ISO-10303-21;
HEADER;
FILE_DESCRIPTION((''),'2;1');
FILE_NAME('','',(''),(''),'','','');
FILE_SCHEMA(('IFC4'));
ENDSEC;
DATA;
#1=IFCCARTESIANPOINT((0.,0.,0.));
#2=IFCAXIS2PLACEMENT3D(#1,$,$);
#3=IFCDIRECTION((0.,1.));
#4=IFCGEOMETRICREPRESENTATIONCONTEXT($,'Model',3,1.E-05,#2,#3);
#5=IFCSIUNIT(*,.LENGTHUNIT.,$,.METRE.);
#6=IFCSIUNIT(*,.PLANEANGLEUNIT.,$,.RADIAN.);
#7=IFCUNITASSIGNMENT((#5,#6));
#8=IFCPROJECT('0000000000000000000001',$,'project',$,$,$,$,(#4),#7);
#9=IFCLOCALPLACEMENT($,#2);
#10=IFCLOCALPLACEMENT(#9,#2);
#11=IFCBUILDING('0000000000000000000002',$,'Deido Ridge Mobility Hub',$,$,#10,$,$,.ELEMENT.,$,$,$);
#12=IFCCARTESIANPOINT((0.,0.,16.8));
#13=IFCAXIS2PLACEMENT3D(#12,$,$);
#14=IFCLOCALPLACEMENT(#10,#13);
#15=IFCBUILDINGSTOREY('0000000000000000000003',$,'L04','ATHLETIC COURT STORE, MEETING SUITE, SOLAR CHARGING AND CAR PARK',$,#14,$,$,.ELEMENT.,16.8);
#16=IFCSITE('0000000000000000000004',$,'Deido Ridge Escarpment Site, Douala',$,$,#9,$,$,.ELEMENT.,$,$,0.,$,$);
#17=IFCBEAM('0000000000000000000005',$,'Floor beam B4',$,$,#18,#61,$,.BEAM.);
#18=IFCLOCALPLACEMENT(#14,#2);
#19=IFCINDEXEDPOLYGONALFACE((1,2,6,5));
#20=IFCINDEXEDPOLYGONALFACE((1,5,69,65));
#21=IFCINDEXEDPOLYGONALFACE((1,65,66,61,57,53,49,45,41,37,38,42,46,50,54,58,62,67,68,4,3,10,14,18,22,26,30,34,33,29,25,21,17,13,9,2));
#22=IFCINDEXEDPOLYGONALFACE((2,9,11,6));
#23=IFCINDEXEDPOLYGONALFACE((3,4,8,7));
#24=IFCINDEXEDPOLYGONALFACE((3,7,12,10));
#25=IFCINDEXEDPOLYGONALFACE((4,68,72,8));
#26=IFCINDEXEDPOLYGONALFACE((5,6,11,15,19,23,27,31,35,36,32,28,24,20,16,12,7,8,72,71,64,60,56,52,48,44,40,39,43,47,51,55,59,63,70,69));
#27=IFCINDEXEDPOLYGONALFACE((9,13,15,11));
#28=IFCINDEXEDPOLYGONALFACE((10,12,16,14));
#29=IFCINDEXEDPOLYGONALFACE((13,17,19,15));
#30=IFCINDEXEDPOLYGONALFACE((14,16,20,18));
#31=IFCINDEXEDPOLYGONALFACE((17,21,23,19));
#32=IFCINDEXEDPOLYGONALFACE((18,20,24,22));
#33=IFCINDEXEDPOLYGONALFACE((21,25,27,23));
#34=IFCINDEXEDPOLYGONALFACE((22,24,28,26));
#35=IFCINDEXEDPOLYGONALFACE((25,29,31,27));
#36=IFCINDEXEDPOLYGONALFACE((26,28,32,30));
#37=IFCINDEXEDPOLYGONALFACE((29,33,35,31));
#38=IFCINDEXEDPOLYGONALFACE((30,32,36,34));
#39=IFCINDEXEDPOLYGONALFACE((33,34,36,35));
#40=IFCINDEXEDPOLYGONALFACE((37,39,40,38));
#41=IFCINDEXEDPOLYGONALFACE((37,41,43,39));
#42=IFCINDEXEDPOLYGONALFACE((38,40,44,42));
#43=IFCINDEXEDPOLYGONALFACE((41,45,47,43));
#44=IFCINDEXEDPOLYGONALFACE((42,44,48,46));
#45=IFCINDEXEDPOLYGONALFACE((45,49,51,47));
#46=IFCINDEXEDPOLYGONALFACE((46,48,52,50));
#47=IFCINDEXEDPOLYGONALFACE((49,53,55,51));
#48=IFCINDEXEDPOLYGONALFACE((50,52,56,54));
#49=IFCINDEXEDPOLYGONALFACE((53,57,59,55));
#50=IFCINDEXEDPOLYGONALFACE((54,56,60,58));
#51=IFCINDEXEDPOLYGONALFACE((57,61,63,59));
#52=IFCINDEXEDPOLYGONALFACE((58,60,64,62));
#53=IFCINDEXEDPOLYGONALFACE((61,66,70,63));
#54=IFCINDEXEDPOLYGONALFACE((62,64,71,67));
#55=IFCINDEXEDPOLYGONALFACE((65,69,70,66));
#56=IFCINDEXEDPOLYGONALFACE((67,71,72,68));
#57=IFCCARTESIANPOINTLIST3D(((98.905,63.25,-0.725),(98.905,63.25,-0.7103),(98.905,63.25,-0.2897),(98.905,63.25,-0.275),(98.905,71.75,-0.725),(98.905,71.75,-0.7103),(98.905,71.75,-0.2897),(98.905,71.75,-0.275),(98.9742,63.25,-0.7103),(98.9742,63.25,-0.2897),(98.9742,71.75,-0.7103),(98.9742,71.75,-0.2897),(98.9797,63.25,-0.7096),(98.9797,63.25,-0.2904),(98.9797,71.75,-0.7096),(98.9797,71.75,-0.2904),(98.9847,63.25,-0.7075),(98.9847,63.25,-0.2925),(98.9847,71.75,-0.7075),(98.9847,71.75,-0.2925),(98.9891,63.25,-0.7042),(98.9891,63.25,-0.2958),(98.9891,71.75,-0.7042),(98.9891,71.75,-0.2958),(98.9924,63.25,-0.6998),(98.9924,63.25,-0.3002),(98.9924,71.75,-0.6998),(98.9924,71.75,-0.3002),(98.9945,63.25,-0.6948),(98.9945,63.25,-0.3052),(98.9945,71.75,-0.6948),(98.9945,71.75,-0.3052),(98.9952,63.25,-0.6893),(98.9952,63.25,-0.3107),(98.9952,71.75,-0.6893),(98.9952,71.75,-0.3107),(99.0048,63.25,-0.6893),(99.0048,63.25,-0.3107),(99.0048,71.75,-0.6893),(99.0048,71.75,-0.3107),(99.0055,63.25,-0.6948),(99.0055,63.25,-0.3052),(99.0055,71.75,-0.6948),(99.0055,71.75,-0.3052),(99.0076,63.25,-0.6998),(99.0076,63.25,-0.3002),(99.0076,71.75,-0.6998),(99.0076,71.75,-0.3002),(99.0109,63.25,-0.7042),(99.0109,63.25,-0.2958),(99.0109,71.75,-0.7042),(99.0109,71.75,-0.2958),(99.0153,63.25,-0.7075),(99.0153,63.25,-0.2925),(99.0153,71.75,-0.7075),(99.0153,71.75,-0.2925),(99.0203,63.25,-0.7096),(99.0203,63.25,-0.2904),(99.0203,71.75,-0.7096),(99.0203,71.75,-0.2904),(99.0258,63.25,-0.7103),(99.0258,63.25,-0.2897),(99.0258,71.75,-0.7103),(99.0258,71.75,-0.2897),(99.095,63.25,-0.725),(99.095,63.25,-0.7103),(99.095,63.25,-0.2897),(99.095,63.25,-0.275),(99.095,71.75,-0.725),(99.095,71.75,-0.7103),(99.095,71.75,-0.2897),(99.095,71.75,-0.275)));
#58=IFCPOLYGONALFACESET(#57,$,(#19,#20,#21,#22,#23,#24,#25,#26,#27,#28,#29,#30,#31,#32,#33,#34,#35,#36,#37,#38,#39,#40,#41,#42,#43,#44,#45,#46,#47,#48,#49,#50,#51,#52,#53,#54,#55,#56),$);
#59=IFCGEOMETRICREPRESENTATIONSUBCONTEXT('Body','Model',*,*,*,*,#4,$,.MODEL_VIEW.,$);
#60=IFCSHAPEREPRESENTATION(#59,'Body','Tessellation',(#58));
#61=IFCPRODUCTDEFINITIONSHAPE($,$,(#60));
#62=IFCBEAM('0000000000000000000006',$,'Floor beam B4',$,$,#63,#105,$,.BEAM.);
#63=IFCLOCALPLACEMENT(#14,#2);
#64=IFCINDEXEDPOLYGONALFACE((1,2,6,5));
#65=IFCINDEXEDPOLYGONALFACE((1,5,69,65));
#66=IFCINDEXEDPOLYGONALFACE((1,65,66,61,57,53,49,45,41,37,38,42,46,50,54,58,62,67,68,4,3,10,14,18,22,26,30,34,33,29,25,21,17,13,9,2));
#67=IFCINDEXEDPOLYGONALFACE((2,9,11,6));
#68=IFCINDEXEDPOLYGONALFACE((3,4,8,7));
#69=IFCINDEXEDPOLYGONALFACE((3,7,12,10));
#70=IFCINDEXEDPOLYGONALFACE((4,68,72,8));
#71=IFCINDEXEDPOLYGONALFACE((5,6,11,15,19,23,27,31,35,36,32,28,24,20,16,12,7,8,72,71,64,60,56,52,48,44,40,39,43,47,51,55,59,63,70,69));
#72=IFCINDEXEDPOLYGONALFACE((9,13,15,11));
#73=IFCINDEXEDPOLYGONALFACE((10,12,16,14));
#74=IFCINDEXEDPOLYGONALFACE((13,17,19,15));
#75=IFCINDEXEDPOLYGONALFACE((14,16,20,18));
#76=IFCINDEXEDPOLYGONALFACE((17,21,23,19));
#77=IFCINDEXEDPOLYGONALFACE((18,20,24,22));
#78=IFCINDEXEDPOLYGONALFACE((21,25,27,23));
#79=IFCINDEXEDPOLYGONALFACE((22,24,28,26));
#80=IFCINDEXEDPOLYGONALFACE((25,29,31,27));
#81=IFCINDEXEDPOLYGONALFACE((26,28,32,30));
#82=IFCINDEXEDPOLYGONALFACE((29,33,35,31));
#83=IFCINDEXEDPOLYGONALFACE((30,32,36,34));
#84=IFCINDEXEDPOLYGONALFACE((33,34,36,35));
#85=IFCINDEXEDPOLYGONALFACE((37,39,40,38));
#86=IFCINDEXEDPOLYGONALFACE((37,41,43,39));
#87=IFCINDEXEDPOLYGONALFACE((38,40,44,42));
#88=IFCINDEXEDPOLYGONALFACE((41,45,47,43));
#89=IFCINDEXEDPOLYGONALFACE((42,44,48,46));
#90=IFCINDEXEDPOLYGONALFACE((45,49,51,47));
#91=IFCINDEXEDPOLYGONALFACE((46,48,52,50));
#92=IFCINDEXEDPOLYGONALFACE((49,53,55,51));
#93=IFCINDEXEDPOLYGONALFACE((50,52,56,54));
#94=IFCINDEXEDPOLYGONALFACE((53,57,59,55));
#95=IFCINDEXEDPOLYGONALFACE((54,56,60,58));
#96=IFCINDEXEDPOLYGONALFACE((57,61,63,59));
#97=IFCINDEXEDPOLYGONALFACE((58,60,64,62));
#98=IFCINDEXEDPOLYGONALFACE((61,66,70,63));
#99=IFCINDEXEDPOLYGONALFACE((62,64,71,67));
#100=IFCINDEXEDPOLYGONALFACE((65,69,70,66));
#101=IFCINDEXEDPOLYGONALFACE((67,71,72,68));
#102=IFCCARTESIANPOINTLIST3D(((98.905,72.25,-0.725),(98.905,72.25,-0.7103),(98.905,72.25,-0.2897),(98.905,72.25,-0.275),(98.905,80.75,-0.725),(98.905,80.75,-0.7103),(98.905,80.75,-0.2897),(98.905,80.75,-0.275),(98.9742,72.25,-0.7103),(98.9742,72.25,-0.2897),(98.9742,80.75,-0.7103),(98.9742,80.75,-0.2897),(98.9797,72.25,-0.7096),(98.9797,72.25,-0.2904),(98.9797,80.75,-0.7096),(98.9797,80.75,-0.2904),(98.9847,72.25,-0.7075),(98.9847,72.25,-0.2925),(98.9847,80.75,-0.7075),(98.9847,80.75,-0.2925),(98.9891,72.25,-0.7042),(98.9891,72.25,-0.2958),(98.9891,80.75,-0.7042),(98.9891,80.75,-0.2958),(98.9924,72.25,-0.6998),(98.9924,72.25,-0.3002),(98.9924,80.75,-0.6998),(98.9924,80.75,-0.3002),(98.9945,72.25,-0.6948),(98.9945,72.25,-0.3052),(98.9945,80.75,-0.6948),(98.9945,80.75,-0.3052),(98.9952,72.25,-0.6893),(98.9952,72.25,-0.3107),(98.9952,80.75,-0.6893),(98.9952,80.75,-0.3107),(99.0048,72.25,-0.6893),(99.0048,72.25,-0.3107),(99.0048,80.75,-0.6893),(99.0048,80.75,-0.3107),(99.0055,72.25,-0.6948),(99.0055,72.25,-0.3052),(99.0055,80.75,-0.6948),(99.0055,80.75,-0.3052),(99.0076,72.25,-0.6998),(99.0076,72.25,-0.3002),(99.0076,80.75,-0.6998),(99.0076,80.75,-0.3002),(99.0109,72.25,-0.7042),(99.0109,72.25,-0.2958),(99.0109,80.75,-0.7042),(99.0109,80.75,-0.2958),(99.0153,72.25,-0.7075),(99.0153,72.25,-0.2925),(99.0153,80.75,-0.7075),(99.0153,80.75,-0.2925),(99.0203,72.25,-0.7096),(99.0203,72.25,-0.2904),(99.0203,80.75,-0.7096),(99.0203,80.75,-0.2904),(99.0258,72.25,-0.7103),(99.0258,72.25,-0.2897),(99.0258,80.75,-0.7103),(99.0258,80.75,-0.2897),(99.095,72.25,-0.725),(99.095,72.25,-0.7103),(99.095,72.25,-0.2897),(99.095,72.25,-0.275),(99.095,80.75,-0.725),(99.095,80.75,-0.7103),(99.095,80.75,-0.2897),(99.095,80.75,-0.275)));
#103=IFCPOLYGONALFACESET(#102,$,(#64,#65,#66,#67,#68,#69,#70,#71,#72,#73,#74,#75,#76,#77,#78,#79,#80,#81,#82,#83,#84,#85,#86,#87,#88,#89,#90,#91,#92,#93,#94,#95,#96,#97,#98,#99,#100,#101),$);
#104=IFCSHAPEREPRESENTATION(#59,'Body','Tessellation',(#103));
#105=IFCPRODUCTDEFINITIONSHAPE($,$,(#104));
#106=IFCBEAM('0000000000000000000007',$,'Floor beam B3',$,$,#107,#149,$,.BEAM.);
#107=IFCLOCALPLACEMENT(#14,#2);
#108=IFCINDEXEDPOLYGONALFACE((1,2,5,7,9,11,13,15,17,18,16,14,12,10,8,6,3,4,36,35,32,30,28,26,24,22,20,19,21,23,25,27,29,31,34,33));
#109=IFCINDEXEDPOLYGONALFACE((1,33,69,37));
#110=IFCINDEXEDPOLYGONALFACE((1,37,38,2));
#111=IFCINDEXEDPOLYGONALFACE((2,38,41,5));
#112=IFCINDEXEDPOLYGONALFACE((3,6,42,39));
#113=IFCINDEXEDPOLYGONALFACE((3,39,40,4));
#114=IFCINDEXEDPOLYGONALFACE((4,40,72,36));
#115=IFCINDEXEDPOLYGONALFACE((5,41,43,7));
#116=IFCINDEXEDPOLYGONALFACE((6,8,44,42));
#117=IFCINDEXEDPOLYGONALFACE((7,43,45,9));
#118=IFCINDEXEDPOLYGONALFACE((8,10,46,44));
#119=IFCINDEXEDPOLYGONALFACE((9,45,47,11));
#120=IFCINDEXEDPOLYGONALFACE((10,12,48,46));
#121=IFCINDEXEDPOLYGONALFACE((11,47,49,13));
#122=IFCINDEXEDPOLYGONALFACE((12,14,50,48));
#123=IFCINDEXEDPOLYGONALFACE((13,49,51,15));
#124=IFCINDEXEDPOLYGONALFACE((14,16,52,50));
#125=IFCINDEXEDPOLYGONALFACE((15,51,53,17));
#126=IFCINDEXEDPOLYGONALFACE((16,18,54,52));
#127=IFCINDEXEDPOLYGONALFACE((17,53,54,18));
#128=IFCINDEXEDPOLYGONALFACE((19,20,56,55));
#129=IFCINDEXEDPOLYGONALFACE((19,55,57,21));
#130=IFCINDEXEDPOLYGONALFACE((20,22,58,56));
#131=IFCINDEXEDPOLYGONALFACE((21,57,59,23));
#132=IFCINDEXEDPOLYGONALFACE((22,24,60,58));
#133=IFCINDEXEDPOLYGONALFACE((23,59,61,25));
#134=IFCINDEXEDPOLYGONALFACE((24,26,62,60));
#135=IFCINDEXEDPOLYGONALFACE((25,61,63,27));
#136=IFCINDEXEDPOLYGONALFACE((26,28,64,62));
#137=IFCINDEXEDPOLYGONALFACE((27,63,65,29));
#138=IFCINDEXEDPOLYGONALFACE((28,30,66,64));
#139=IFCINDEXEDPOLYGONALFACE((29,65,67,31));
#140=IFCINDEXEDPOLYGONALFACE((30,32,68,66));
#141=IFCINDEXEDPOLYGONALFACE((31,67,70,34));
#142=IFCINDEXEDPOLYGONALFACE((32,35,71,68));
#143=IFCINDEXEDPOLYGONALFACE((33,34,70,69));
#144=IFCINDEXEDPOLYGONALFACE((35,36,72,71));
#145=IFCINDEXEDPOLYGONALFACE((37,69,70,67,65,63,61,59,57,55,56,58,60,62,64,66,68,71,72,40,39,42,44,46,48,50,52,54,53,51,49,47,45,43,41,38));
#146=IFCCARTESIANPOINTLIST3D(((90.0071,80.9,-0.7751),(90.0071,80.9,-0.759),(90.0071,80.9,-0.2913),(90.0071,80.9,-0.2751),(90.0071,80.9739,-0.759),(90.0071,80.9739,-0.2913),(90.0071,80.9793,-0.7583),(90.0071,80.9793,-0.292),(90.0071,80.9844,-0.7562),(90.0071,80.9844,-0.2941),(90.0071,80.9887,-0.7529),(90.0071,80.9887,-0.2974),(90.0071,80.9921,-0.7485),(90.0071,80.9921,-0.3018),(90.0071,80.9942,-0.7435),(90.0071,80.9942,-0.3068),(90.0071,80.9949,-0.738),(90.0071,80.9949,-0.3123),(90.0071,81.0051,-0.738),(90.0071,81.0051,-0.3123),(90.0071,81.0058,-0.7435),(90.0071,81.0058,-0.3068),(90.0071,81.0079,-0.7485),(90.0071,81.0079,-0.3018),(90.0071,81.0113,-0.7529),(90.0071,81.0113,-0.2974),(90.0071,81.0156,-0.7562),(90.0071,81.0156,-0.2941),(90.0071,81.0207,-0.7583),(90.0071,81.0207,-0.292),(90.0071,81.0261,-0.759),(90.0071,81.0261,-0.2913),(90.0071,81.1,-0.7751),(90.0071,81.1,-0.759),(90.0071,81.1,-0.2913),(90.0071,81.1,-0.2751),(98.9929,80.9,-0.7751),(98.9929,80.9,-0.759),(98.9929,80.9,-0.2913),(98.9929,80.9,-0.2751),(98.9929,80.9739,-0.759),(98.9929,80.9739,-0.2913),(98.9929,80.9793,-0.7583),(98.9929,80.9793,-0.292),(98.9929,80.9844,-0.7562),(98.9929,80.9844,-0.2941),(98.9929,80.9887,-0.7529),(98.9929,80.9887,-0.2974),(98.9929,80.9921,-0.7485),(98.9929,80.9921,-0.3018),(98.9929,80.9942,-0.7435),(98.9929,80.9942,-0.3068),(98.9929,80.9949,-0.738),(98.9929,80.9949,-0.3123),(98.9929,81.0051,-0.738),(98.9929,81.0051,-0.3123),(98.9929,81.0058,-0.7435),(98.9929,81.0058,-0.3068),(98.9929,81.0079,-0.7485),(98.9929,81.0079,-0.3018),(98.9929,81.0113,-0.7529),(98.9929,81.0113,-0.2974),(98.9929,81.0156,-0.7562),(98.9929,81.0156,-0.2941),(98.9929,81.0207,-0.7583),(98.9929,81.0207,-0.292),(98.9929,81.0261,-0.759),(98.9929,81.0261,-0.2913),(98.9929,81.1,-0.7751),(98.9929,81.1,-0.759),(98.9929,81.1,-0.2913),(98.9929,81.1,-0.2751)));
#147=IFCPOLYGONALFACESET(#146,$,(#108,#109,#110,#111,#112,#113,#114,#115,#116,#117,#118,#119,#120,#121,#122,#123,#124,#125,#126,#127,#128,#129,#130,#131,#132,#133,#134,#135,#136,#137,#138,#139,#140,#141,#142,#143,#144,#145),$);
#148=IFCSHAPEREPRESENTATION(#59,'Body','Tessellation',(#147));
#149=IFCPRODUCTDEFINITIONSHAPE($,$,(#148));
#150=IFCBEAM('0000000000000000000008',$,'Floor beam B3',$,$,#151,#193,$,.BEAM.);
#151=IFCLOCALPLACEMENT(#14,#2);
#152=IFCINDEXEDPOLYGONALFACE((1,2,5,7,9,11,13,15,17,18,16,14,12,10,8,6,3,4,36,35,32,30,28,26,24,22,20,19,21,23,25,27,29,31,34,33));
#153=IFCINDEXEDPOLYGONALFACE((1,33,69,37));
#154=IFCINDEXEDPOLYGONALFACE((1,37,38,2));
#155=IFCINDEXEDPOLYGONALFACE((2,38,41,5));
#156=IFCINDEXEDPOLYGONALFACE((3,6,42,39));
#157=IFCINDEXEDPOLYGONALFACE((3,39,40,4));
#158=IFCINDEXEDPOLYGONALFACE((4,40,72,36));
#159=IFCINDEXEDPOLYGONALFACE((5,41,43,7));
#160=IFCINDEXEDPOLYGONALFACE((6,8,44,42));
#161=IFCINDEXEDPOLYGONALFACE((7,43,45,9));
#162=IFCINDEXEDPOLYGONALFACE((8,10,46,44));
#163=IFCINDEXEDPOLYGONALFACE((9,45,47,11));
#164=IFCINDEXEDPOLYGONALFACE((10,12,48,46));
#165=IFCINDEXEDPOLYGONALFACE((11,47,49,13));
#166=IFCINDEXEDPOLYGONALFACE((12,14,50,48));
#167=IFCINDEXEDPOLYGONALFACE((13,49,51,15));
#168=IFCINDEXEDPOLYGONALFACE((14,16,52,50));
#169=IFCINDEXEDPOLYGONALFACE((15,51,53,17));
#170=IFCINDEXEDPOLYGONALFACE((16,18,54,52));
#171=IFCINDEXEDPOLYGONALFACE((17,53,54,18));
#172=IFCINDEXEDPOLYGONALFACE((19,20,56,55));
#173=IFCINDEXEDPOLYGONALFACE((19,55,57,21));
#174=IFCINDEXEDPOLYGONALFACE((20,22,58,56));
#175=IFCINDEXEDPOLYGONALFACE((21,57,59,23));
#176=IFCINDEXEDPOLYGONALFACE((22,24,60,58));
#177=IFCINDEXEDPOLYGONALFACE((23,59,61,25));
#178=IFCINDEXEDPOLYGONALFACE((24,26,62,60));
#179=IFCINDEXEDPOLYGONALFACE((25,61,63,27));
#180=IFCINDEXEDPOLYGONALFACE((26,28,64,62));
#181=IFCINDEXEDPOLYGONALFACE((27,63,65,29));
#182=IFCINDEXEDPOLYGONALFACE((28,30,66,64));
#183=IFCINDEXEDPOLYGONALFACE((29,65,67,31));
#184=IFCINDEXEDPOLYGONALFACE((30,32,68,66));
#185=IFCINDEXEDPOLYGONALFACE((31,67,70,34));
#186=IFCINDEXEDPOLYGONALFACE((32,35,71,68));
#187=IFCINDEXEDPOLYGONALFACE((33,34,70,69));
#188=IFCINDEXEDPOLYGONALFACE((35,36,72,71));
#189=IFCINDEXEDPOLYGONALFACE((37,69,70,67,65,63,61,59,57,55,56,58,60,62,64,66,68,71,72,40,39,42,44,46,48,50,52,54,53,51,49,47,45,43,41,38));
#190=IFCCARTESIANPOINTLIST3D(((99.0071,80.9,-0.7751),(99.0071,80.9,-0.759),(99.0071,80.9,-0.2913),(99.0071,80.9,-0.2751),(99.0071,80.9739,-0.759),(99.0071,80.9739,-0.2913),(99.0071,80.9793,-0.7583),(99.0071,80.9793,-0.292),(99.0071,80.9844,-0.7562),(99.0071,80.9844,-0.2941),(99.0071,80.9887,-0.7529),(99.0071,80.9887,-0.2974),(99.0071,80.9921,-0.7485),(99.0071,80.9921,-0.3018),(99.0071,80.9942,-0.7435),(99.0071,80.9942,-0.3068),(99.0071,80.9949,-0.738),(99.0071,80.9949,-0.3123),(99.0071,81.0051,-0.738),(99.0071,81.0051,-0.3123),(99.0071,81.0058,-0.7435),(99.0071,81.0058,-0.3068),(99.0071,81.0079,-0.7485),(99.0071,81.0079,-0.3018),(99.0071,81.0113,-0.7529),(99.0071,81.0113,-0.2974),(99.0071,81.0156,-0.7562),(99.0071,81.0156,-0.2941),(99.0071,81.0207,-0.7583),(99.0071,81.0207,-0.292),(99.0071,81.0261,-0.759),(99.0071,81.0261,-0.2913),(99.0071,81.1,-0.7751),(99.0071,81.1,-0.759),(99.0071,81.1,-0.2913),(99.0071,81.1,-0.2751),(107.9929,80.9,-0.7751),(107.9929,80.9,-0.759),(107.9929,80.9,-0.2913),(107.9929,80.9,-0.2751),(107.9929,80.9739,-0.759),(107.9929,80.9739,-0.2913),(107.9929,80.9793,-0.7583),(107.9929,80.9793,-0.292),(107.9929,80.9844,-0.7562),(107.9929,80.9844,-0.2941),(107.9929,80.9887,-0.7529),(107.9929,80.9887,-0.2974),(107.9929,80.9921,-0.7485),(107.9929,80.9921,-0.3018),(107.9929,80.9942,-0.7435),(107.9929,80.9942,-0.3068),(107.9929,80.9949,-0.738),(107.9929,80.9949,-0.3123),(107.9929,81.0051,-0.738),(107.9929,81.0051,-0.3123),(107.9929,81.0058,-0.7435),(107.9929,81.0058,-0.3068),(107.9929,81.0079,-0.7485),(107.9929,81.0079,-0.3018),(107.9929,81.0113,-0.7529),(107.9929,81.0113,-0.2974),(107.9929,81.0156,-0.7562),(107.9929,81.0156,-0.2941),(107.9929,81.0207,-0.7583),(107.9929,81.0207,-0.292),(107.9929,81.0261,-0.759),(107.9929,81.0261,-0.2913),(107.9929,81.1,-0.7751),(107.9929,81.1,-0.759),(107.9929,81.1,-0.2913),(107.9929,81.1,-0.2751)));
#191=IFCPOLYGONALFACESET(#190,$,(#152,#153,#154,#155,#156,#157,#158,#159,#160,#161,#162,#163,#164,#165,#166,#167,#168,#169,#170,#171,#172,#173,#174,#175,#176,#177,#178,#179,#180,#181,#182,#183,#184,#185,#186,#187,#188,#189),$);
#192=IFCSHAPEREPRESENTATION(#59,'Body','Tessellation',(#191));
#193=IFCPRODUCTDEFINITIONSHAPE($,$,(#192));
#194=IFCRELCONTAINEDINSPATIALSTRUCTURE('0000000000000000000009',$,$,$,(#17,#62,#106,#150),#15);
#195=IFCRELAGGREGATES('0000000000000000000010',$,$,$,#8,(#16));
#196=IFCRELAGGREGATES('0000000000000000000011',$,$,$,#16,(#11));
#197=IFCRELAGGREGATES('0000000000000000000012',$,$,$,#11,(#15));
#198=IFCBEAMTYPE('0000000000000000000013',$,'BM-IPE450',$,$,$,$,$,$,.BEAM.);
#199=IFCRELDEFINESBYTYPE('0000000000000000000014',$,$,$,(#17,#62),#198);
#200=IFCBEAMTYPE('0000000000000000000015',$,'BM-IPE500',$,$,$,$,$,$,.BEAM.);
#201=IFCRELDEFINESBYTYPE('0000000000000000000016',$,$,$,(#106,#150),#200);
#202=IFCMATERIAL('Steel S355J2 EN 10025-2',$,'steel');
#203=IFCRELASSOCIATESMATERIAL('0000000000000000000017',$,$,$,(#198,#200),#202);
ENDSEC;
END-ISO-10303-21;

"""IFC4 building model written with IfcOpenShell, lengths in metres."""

from ifc_helpers import new_model, si_unit, direction, frame, origin, origin_2d, place, context, subcontext, project, spatial, i_section, extrude, material, material_profile, profile_set, type_object, element, save


model = new_model("IFC4")

# Units and contexts
model_context = context("Model", 3, precision=1e-05, world=origin(), true_north=direction((0.0, 1.0)))
body_context = subcontext(model_context, "Body", "Model", "MODEL_VIEW")
ifc_project = project(units=[si_unit("LENGTHUNIT", "METRE"), si_unit("PLANEANGLEUNIT", "RADIAN")], contexts=[model_context])

# Site, building, storey
site_placement = place(None, origin())
site = spatial("IfcSite", under=ifc_project, at=site_placement, Name="Deido Ridge Escarpment Site, Douala", CompositionType="ELEMENT", RefElevation=0.0)
building_placement = place(site_placement, origin())
building = spatial("IfcBuilding", under=site, at=building_placement, Name="Deido Ridge Mobility Hub", CompositionType="ELEMENT")
storey_placement = place(building_placement, frame((0.0, 0.0, 16.8)))
storey = spatial("IfcBuildingStorey", under=building, at=storey_placement, Name="L04", Description="ATHLETIC COURT STORE, MEETING SUITE, SOLAR CHARGING AND CAR PARK", CompositionType="ELEMENT", Elevation=16.8)

# Shared definitions
ifc_material_1 = material(Name="Steel S355J2 EN 10025-2", Category="steel")

# Beams
ifc_material_profile_1 = material_profile(ifc_material_1, i_section(OverallWidth=0.1899, OverallDepth=0.45, WebThickness=0.0095, FlangeThickness=0.0146, FilletRadius=0.021, at=origin_2d()), Name="IPE 450")
ifc_profile_set_1 = profile_set([ifc_material_profile_1], Name="Steel S355J2 EN 10025-2")
beam_type_1 = type_object("IfcBeamType", Name="BM-IPE450", PredefinedType="BEAM", material=ifc_profile_set_1)
for number, where, z_axis, x_axis, name in (
    (1, (99.0, 63.25, -0.5), (0.0, 1.0, 0.0), (-1.0, 0.0, 0.0), "Floor beam B4"),
    (2, (99.0, 72.25, -0.5), (0.0, 1.0, 0.0), (-1.0, 0.0, 0.0), "Floor beam B4"),
):
    element("IfcBeam", number, at=place(storey_placement, frame(where, z_axis=z_axis, x_axis=x_axis)), inside=storey, type_object=beam_type_1, Name=name, PredefinedType="BEAM", context=body_context, shape_type="SweptSolid", body=[
        extrude(i_section(OverallWidth=0.1899, OverallDepth=0.45, WebThickness=0.0095, FlangeThickness=0.0146, FilletRadius=0.021, at=origin_2d()), origin(), (0.0, 0.0, 1.0), 8.5),
    ])
ifc_material_profile_2 = material_profile(ifc_material_1, i_section(OverallWidth=0.2, OverallDepth=0.5, WebThickness=0.0103, FlangeThickness=0.0161, FilletRadius=0.021, at=origin_2d()), Name="IPE 500")
ifc_profile_set_2 = profile_set([ifc_material_profile_2], Name="Steel S355J2 EN 10025-2")
beam_type_2 = type_object("IfcBeamType", Name="BM-IPE500", PredefinedType="BEAM", material=ifc_profile_set_2)
for number, where, z_axis, x_axis, name in (
    (3, (90.0071, 81.0, -0.5251), (1.0, 0.0, 0.0), (0.0, 1.0, 0.0), "Floor beam B3"),
    (4, (99.0071, 81.0, -0.5251), (1.0, 0.0, 0.0), (0.0, 1.0, 0.0), "Floor beam B3"),
):
    element("IfcBeam", number, at=place(storey_placement, frame(where, z_axis=z_axis, x_axis=x_axis)), inside=storey, type_object=beam_type_2, Name=name, PredefinedType="BEAM", context=body_context, shape_type="SweptSolid", body=[
        extrude(i_section(OverallWidth=0.2, OverallDepth=0.5, WebThickness=0.0103, FlangeThickness=0.0161, FilletRadius=0.021, at=origin_2d()), origin(), (0.0, 0.0, 1.0), 8.9858),
    ])

save(model, "model.ifc")
